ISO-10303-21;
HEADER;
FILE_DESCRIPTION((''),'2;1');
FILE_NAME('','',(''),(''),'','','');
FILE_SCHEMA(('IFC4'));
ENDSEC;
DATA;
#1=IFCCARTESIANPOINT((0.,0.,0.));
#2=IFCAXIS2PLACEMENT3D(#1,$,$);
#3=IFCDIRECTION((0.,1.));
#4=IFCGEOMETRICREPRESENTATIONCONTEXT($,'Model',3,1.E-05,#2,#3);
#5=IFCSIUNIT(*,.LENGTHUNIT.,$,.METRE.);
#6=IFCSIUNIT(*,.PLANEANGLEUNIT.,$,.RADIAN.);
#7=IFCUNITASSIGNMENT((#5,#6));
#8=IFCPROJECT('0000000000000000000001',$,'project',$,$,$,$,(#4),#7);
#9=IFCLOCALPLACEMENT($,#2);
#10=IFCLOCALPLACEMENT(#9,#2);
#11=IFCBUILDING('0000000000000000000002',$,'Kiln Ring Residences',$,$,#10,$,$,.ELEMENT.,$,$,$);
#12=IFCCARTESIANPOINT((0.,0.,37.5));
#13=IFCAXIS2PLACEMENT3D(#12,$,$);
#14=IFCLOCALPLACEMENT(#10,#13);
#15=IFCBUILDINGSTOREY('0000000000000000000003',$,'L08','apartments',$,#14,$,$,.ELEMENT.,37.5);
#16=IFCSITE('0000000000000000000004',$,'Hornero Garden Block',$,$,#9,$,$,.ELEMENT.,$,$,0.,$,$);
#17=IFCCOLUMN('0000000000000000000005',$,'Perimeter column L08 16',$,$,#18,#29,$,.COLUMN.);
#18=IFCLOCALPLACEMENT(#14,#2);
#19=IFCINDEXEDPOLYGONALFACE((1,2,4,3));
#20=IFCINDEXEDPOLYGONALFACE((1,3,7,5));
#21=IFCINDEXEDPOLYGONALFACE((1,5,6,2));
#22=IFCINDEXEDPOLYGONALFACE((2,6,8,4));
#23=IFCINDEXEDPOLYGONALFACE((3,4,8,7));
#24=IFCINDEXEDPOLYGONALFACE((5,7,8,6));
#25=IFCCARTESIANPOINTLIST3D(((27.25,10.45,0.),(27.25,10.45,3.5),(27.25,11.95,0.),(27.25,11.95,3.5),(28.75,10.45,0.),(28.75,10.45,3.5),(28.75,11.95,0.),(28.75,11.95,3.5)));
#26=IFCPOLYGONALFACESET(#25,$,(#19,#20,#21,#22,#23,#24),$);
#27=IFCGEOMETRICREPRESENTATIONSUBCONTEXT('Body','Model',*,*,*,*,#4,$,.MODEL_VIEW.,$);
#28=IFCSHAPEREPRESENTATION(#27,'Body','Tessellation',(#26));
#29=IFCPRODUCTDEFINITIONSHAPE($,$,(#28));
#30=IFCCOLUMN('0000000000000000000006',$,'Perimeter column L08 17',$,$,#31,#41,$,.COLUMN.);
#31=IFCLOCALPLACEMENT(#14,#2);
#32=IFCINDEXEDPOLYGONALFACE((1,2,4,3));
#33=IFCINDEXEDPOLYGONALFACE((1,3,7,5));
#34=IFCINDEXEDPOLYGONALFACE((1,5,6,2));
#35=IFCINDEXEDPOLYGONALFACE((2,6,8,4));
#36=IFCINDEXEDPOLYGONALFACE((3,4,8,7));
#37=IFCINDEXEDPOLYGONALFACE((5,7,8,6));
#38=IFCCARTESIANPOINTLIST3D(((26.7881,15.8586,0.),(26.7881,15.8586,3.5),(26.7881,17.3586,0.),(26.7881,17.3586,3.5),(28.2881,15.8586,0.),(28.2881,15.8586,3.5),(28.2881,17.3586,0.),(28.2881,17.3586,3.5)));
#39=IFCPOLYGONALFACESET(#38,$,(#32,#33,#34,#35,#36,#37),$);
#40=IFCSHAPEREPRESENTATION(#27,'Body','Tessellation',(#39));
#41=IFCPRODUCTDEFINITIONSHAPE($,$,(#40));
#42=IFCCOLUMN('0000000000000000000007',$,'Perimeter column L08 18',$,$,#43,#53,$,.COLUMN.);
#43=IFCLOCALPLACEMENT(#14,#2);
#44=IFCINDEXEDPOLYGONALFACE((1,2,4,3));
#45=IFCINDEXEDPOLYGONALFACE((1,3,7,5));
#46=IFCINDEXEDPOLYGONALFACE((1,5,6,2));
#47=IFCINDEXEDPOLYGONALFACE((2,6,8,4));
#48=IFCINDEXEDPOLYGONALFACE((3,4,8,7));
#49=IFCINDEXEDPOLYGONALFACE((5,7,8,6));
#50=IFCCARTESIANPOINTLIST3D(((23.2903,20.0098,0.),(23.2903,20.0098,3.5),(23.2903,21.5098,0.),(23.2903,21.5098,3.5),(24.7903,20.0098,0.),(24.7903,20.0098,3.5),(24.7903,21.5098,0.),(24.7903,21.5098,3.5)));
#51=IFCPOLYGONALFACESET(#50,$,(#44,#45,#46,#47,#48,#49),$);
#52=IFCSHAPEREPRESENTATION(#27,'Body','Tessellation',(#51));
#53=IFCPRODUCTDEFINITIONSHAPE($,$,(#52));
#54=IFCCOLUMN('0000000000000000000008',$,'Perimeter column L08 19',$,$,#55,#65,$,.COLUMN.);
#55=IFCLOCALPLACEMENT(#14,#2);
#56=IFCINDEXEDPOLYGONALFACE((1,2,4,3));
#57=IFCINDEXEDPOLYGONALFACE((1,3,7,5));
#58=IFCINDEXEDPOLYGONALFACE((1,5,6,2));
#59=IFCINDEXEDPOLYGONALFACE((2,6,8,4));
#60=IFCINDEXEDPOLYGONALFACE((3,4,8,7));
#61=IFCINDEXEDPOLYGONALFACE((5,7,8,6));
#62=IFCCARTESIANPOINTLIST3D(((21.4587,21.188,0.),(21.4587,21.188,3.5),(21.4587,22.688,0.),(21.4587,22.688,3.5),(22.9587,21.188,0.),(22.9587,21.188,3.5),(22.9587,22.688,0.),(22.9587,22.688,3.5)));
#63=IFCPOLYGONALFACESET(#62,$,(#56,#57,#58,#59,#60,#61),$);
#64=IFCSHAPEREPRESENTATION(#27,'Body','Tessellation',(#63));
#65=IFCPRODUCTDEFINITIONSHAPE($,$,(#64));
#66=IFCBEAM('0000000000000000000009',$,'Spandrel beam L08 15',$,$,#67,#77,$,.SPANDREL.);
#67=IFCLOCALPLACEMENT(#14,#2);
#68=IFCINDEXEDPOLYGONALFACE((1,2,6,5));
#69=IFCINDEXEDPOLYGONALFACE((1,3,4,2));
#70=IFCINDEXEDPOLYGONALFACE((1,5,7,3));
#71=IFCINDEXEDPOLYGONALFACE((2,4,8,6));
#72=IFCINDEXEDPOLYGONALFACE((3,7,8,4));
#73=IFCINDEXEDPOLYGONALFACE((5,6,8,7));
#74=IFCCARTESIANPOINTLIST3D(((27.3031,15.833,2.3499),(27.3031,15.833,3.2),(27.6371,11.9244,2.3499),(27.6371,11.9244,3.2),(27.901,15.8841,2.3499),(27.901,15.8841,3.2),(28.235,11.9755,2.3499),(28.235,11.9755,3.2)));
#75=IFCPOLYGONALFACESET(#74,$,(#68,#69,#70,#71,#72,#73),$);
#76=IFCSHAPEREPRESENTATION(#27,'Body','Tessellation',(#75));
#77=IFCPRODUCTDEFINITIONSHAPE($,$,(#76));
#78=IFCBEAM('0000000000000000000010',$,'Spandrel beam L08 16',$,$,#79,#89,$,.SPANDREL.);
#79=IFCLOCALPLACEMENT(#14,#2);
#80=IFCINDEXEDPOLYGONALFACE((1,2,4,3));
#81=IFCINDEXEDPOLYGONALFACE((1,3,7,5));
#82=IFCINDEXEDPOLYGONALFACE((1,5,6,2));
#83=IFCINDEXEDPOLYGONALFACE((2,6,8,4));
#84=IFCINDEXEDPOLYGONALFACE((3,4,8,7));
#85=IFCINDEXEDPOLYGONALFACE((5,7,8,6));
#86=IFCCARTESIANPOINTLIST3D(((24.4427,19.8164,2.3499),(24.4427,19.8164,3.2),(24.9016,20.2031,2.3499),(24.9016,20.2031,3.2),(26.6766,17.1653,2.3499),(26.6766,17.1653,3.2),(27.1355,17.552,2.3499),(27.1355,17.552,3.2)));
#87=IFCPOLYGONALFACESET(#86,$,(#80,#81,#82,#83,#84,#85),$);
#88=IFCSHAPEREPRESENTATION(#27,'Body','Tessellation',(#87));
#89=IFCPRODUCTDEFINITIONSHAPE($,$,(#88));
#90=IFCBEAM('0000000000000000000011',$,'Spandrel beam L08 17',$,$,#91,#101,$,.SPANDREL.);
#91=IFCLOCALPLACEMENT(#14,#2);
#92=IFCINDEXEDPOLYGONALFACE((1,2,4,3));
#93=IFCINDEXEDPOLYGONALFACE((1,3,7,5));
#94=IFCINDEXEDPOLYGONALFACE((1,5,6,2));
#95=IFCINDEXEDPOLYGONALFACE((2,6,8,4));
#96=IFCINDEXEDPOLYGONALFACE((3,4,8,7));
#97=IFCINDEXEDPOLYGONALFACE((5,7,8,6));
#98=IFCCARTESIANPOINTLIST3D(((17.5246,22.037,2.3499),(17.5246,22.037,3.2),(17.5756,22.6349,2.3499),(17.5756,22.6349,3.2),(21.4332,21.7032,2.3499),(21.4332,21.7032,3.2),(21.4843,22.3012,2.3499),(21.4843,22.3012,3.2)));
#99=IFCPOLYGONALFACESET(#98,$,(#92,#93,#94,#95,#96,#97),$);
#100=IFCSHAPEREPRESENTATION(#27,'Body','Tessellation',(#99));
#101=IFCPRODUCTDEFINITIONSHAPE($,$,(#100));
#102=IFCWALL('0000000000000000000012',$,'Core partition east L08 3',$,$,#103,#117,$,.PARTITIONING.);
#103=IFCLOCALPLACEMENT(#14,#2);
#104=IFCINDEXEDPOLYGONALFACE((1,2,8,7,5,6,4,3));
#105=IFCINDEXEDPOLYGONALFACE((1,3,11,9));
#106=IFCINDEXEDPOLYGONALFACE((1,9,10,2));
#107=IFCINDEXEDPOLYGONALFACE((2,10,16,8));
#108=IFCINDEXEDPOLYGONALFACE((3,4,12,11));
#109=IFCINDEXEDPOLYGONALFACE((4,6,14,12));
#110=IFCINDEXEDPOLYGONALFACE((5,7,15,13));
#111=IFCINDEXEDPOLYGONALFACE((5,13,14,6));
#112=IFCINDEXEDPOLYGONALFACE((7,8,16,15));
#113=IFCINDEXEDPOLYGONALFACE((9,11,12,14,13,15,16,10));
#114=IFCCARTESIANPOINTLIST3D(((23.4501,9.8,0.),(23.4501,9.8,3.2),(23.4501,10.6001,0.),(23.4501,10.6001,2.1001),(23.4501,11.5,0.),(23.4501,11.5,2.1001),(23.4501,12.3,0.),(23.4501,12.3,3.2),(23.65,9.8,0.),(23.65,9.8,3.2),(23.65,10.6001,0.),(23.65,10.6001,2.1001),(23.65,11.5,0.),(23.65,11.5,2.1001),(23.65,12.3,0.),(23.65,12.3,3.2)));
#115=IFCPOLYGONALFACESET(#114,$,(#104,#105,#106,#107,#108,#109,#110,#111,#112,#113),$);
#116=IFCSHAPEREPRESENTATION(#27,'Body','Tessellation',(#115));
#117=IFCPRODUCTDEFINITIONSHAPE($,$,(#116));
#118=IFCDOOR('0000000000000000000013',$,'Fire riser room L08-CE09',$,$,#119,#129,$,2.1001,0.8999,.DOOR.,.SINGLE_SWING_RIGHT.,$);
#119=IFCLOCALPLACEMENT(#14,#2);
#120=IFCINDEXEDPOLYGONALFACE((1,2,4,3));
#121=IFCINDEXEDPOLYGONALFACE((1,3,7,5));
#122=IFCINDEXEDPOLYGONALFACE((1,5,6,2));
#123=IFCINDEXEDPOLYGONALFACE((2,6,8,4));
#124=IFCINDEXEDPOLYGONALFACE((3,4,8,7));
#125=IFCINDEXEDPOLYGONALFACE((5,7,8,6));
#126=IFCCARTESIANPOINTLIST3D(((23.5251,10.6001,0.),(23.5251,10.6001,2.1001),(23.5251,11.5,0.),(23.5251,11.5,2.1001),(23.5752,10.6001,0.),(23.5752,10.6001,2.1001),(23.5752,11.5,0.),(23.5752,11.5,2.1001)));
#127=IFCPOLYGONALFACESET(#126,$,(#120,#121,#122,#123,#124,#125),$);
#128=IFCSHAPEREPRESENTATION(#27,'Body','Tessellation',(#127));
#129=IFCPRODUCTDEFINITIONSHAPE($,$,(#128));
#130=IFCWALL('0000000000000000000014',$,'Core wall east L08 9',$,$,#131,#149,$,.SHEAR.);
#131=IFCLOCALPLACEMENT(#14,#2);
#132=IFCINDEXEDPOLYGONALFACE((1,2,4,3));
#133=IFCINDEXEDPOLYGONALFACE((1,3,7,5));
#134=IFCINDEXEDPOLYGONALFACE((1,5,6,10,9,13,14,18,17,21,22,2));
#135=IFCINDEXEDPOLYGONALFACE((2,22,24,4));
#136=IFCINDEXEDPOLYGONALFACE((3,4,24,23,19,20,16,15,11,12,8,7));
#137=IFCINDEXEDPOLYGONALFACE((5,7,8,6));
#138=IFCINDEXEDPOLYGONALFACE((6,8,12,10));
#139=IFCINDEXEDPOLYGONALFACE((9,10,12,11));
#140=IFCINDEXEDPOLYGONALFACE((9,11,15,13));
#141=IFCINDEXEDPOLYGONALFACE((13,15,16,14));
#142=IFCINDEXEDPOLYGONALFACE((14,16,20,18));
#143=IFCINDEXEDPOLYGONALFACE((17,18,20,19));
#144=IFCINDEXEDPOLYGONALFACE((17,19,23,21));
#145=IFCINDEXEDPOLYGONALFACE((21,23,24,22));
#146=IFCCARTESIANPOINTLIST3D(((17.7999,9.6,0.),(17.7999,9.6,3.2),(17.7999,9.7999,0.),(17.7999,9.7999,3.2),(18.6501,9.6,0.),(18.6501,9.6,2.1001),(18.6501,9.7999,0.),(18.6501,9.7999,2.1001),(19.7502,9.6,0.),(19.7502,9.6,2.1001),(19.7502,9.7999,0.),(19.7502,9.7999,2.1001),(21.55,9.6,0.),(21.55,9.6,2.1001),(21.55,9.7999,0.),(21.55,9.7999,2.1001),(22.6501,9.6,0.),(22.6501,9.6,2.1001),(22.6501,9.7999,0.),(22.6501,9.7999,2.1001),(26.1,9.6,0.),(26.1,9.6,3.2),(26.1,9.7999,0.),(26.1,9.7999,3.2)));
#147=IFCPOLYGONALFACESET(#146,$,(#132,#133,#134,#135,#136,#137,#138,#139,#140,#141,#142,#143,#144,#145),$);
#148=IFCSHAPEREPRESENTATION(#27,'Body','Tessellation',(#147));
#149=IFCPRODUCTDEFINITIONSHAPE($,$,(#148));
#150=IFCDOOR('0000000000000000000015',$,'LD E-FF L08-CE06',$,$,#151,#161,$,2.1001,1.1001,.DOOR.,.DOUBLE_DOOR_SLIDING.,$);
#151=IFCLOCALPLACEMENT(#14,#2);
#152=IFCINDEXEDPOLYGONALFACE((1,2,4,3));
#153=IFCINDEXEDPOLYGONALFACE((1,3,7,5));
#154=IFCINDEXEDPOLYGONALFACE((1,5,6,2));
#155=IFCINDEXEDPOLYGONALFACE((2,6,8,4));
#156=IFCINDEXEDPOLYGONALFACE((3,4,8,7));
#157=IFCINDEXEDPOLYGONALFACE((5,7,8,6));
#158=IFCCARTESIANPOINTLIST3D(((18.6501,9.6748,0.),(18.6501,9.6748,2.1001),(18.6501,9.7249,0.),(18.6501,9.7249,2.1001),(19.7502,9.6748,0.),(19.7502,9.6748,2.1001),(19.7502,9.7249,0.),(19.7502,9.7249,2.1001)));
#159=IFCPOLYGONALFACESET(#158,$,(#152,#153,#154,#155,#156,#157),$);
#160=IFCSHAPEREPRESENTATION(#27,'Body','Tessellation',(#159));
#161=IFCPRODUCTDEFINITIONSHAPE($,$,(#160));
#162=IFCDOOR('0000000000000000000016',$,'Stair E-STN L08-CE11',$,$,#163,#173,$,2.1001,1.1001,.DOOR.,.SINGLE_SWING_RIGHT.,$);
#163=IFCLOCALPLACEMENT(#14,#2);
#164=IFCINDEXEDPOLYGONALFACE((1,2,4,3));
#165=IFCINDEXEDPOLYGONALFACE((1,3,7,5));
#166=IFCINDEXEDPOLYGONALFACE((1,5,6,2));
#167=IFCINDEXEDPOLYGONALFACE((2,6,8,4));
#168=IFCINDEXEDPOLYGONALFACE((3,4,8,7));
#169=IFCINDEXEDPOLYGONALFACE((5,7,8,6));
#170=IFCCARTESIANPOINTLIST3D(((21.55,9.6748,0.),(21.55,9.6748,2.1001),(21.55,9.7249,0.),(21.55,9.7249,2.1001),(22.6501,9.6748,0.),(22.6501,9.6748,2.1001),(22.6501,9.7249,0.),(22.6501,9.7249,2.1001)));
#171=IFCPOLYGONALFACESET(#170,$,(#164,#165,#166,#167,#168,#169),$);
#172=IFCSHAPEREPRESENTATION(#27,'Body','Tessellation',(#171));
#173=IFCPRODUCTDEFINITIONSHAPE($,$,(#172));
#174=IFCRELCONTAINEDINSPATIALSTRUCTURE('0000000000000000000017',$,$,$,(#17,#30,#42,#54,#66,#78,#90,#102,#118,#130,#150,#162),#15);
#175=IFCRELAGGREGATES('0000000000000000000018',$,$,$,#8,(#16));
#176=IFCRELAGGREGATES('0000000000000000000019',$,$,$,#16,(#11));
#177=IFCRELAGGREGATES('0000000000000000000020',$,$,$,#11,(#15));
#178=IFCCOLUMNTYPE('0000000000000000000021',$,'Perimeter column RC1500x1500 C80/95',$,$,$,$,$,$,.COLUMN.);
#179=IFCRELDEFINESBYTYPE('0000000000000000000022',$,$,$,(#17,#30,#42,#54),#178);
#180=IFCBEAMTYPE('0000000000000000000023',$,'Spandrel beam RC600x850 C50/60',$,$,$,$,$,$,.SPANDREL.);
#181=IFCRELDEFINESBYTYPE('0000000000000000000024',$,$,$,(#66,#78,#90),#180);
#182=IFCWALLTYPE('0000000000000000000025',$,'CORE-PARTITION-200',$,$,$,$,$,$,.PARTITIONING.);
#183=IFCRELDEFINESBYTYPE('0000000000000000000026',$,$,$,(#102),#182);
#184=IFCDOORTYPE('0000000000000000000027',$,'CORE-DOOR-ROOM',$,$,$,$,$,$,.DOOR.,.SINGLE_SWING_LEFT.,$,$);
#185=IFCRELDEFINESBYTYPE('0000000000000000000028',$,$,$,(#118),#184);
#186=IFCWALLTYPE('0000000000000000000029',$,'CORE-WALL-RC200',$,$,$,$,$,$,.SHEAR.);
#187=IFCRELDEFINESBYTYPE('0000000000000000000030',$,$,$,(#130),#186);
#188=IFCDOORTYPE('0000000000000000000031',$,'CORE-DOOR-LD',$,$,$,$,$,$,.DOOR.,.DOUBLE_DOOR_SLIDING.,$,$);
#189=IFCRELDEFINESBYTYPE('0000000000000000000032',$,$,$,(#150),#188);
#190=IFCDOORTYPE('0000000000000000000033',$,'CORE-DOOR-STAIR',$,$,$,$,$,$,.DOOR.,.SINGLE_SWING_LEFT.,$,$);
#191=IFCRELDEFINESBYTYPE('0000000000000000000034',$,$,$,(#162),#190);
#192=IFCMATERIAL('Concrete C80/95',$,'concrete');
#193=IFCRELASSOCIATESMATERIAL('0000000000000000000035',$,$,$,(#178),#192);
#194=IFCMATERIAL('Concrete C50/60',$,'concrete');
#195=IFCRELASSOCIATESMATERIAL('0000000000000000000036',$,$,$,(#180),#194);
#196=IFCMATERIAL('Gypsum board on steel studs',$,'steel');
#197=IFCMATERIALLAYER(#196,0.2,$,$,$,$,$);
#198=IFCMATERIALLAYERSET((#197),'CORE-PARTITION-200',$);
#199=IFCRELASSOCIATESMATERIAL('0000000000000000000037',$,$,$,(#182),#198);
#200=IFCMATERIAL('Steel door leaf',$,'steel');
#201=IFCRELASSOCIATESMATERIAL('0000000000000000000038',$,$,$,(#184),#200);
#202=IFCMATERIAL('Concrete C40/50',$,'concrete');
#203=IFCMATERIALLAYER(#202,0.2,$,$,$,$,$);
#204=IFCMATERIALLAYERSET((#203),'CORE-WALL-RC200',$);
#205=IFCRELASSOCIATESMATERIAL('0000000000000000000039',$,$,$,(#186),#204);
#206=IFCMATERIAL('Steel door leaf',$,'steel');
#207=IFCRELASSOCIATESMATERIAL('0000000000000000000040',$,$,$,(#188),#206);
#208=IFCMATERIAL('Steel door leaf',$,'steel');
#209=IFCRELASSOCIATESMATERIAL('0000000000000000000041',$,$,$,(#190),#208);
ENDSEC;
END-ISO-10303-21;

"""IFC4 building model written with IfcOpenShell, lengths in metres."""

from ifc_helpers import new_model, si_unit, direction, frame, frame_2d, origin, origin_2d, place, context, subcontext, project, spatial, rectangle, extrude, material, layer, layer_set, material_profile, profile_set, type_object, element, fill, save


model = new_model("IFC4")

# Units and contexts
model_context = context("Model", 3, precision=1e-05, world=origin(), true_north=direction((0.0, 1.0)))
body_context = subcontext(model_context, "Body", "Model", "MODEL_VIEW")
ifc_project = project(units=[si_unit("LENGTHUNIT", "METRE"), si_unit("PLANEANGLEUNIT", "RADIAN")], contexts=[model_context])

# Site, building, storey
site_placement = place(None, origin())
site = spatial("IfcSite", under=ifc_project, at=site_placement, Name="Hornero Garden Block", CompositionType="ELEMENT", RefElevation=0.0)
building_placement = place(site_placement, origin())
building = spatial("IfcBuilding", under=site, at=building_placement, Name="Kiln Ring Residences", CompositionType="ELEMENT")
storey_placement = place(building_placement, frame((0.0, 0.0, 37.5)))
storey = spatial("IfcBuildingStorey", under=building, at=storey_placement, Name="L08", Description="apartments", CompositionType="ELEMENT", Elevation=37.5)

# Columns
ifc_material_1 = material(Name="Concrete C80/95", Category="concrete")
ifc_material_profile_1 = material_profile(ifc_material_1, rectangle(XDim=1.5, YDim=1.5, at=origin_2d()), Name="RC1500x1500")
ifc_profile_set_1 = profile_set([ifc_material_profile_1], Name="Concrete C80/95")
column_type = type_object("IfcColumnType", Name="Perimeter column RC1500x1500 C80/95", PredefinedType="COLUMN", material=ifc_profile_set_1)
for number, where, z_axis, x_axis, name in (
    (1, (28.0, 11.2, 0.0), (0.0, 0.0, 1.0), (1.0, 0.0, 0.0), "Perimeter column L08 16"),
    (2, (27.5381, 16.6086, 0.0), (0.0, 0.0, 1.0), (1.0, 0.0, 0.0), "Perimeter column L08 17"),
    (3, (24.0403, 20.7598, 0.0), (0.0, 0.0, 1.0), (1.0, 0.0, 0.0), "Perimeter column L08 18"),
    (4, (22.2087, 21.938, 0.0), (0.0, 0.0, 1.0), (1.0, 0.0, 0.0), "Perimeter column L08 19"),
):
    element("IfcColumn", number, at=place(storey_placement, frame(where, z_axis=z_axis, x_axis=x_axis)), inside=storey, type_object=column_type, Name=name, PredefinedType="COLUMN", context=body_context, shape_type="SweptSolid", body=[
        extrude(rectangle(XDim=1.5, YDim=1.5, at=origin_2d()), origin(), (0.0, 0.0, 1.0), 3.5),
    ])

# Beams
ifc_material_2 = material(Name="Concrete C50/60", Category="concrete")
ifc_material_profile_2 = material_profile(ifc_material_2, rectangle(XDim=0.6001, YDim=0.8501, at=origin_2d()), Name="RC600x850")
ifc_profile_set_2 = profile_set([ifc_material_profile_2], Name="Concrete C50/60")
beam_type = type_object("IfcBeamType", Name="Spandrel beam RC600x850 C50/60", PredefinedType="SPANDREL", material=ifc_profile_set_2)
beam_1_placement = place(storey_placement, frame((27.936, 11.95, 2.7749), z_axis=(-0.085136, 0.996369, 0.0), x_axis=(-0.996369, -0.085136, 0.0)))
element("IfcBeam", 5, at=beam_1_placement, inside=storey, type_object=beam_type, Name="Spandrel beam L08 15", PredefinedType="SPANDREL", context=body_context, shape_type="SweptSolid", body=[
    extrude(rectangle(XDim=0.6001, YDim=0.8501, at=origin_2d()), origin(), (0.0, 0.0, 1.0), 3.9229),
])
beam_2_placement = place(storey_placement, frame((26.906, 17.3586, 2.7749), z_axis=(-0.644366, 0.764718, 0.0), x_axis=(-0.764718, -0.644366, 0.0)))
element("IfcBeam", 6, at=beam_2_placement, inside=storey, type_object=beam_type, Name="Spandrel beam L08 16", PredefinedType="SPANDREL", context=body_context, shape_type="SweptSolid", body=[
    extrude(rectangle(XDim=0.6001, YDim=0.8501, at=origin_2d()), origin(), (0.0, 0.0, 1.0), 3.4668),
])
beam_3_placement = place(storey_placement, frame((21.4587, 22.0022, 2.7749), z_axis=(-0.996375, 0.085075, 0.0), x_axis=(-0.085075, -0.996375, 0.0)))
element("IfcBeam", 7, at=beam_3_placement, inside=storey, type_object=beam_type, Name="Spandrel beam L08 17", PredefinedType="SPANDREL", context=body_context, shape_type="SweptSolid", body=[
    extrude(rectangle(XDim=0.6001, YDim=0.8501, at=origin_2d()), origin(), (0.0, 0.0, 1.0), 3.9229),
])

# Wall, opening, door
ifc_material_3 = material(Name="Gypsum board on steel studs", Category="steel")
ifc_layer_1 = layer(ifc_material_3, 0.2)
ifc_layer_set_1 = layer_set([ifc_layer_1], Name="CORE-PARTITION-200")
wall_type_1 = type_object("IfcWallType", Name="CORE-PARTITION-200", PredefinedType="PARTITIONING", material=ifc_layer_set_1)
wall_1_placement = place(storey_placement, frame((23.55, 9.8, 0.0), z_axis=(0.0, 0.0, 1.0), x_axis=(0.0, 1.0, 0.0)))
wall_1 = element("IfcWall", 8, at=wall_1_placement, inside=storey, type_object=wall_type_1, Name="Core partition east L08 3", PredefinedType="PARTITIONING", context=body_context, shape_type="SweptSolid", body=[
    extrude(rectangle(XDim=2.5, YDim=0.2, at=frame_2d((1.25, 0.0))), origin(), (0.0, 0.0, 1.0), 3.2),
])
opening_1_placement = place(wall_1_placement, frame((0.8, 0.0, 0.0)))
opening_1 = element("IfcOpeningElement", 9, at=opening_1_placement, cuts=wall_1, PredefinedType="OPENING", context=body_context, shape_type="SweptSolid", body=[
    extrude(rectangle(XDim=0.8999, YDim=2.1001, at=frame_2d((0.45, 1.05))), frame((0.0, 0.1099, 0.0), z_axis=(0.0, -1.0, 0.0), x_axis=(1.0, 0.0, 0.0)), (0.0, 0.0, 1.0), 0.22),
])
ifc_material_4 = material(Name="Steel door leaf", Category="steel")
door_type_1 = type_object("IfcDoorType", Name="CORE-DOOR-ROOM", OperationType="SINGLE_SWING_LEFT", PredefinedType="DOOR", material=ifc_material_4)
door_1_placement = place(opening_1_placement, origin())
door_1 = element("IfcDoor", 10, at=door_1_placement, inside=storey, type_object=door_type_1, Name="Fire riser room L08-CE09", OperationType="SINGLE_SWING_RIGHT", OverallHeight=2.1001, OverallWidth=0.8999, PredefinedType="DOOR", context=body_context, shape_type="SweptSolid", body=[
    extrude(rectangle(XDim=0.8999, YDim=2.1001, at=frame_2d((0.45, 1.05))), frame((0.0, 0.0249, 0.0), z_axis=(0.0, -1.0, 0.0), x_axis=(1.0, 0.0, 0.0)), (0.0, 0.0, 1.0), 0.05),
])
fill(opening_1, door_1)

# Wall, openings, doors
ifc_material_5 = material(Name="Concrete C40/50", Category="concrete")
ifc_layer_2 = layer(ifc_material_5, 0.2)
ifc_layer_set_2 = layer_set([ifc_layer_2], Name="CORE-WALL-RC200")
wall_type_2 = type_object("IfcWallType", Name="CORE-WALL-RC200", PredefinedType="SHEAR", material=ifc_layer_set_2)
wall_2_placement = place(storey_placement, frame((17.8, 9.7, 0.0), z_axis=(0.0, 0.0, 1.0), x_axis=(1.0, 0.0, 0.0)))
wall_2 = element("IfcWall", 11, at=wall_2_placement, inside=storey, type_object=wall_type_2, Name="Core wall east L08 9", PredefinedType="SHEAR", context=body_context, shape_type="SweptSolid", body=[
    extrude(rectangle(XDim=8.3, YDim=0.2, at=frame_2d((4.1499, 0.0))), origin(), (0.0, 0.0, 1.0), 3.2),
])
opening_2_placement = place(wall_2_placement, frame((0.8501, 0.0, 0.0)))
opening_2 = element("IfcOpeningElement", 12, at=opening_2_placement, cuts=wall_2, PredefinedType="OPENING", context=body_context, shape_type="SweptSolid", body=[
    extrude(rectangle(XDim=1.1001, YDim=2.1001, at=frame_2d((0.55, 1.05))), frame((0.0, 0.1099, 0.0), z_axis=(0.0, -1.0, 0.0), x_axis=(1.0, 0.0, 0.0)), (0.0, 0.0, 1.0), 0.22),
])
opening_3_placement = place(wall_2_placement, frame((3.75, 0.0, 0.0)))
opening_3 = element("IfcOpeningElement", 13, at=opening_3_placement, cuts=wall_2, PredefinedType="OPENING", context=body_context, shape_type="SweptSolid", body=[
    extrude(rectangle(XDim=1.1001, YDim=2.1001, at=frame_2d((0.55, 1.05))), frame((0.0, 0.1099, 0.0), z_axis=(0.0, -1.0, 0.0), x_axis=(1.0, 0.0, 0.0)), (0.0, 0.0, 1.0), 0.22),
])
ifc_material_6 = material(Name="Steel door leaf", Category="steel")
door_type_2 = type_object("IfcDoorType", Name="CORE-DOOR-LD", OperationType="DOUBLE_DOOR_SLIDING", PredefinedType="DOOR", material=ifc_material_6)
door_2_placement = place(opening_2_placement, origin())
door_2 = element("IfcDoor", 14, at=door_2_placement, inside=storey, type_object=door_type_2, Name="LD E-FF L08-CE06", OperationType="DOUBLE_DOOR_SLIDING", OverallHeight=2.1001, OverallWidth=1.1001, PredefinedType="DOOR", context=body_context, shape_type="SweptSolid", body=[
    extrude(rectangle(XDim=1.1001, YDim=2.1001, at=frame_2d((0.55, 1.05))), frame((0.0, 0.0249, 0.0), z_axis=(0.0, -1.0, 0.0), x_axis=(1.0, 0.0, 0.0)), (0.0, 0.0, 1.0), 0.05),
])
fill(opening_2, door_2)
ifc_material_7 = material(Name="Steel door leaf", Category="steel")
door_type_3 = type_object("IfcDoorType", Name="CORE-DOOR-STAIR", OperationType="SINGLE_SWING_LEFT", PredefinedType="DOOR", material=ifc_material_7)
door_3_placement = place(opening_3_placement, origin())
door_3 = element("IfcDoor", 15, at=door_3_placement, inside=storey, type_object=door_type_3, Name="Stair E-STN L08-CE11", OperationType="SINGLE_SWING_RIGHT", OverallHeight=2.1001, OverallWidth=1.1001, PredefinedType="DOOR", context=body_context, shape_type="SweptSolid", body=[
    extrude(rectangle(XDim=1.1001, YDim=2.1001, at=frame_2d((0.55, 1.05))), frame((0.0, 0.0249, 0.0), z_axis=(0.0, -1.0, 0.0), x_axis=(1.0, 0.0, 0.0)), (0.0, 0.0, 1.0), 0.05),
])
fill(opening_3, door_3)

save(model, "model.ifc")
